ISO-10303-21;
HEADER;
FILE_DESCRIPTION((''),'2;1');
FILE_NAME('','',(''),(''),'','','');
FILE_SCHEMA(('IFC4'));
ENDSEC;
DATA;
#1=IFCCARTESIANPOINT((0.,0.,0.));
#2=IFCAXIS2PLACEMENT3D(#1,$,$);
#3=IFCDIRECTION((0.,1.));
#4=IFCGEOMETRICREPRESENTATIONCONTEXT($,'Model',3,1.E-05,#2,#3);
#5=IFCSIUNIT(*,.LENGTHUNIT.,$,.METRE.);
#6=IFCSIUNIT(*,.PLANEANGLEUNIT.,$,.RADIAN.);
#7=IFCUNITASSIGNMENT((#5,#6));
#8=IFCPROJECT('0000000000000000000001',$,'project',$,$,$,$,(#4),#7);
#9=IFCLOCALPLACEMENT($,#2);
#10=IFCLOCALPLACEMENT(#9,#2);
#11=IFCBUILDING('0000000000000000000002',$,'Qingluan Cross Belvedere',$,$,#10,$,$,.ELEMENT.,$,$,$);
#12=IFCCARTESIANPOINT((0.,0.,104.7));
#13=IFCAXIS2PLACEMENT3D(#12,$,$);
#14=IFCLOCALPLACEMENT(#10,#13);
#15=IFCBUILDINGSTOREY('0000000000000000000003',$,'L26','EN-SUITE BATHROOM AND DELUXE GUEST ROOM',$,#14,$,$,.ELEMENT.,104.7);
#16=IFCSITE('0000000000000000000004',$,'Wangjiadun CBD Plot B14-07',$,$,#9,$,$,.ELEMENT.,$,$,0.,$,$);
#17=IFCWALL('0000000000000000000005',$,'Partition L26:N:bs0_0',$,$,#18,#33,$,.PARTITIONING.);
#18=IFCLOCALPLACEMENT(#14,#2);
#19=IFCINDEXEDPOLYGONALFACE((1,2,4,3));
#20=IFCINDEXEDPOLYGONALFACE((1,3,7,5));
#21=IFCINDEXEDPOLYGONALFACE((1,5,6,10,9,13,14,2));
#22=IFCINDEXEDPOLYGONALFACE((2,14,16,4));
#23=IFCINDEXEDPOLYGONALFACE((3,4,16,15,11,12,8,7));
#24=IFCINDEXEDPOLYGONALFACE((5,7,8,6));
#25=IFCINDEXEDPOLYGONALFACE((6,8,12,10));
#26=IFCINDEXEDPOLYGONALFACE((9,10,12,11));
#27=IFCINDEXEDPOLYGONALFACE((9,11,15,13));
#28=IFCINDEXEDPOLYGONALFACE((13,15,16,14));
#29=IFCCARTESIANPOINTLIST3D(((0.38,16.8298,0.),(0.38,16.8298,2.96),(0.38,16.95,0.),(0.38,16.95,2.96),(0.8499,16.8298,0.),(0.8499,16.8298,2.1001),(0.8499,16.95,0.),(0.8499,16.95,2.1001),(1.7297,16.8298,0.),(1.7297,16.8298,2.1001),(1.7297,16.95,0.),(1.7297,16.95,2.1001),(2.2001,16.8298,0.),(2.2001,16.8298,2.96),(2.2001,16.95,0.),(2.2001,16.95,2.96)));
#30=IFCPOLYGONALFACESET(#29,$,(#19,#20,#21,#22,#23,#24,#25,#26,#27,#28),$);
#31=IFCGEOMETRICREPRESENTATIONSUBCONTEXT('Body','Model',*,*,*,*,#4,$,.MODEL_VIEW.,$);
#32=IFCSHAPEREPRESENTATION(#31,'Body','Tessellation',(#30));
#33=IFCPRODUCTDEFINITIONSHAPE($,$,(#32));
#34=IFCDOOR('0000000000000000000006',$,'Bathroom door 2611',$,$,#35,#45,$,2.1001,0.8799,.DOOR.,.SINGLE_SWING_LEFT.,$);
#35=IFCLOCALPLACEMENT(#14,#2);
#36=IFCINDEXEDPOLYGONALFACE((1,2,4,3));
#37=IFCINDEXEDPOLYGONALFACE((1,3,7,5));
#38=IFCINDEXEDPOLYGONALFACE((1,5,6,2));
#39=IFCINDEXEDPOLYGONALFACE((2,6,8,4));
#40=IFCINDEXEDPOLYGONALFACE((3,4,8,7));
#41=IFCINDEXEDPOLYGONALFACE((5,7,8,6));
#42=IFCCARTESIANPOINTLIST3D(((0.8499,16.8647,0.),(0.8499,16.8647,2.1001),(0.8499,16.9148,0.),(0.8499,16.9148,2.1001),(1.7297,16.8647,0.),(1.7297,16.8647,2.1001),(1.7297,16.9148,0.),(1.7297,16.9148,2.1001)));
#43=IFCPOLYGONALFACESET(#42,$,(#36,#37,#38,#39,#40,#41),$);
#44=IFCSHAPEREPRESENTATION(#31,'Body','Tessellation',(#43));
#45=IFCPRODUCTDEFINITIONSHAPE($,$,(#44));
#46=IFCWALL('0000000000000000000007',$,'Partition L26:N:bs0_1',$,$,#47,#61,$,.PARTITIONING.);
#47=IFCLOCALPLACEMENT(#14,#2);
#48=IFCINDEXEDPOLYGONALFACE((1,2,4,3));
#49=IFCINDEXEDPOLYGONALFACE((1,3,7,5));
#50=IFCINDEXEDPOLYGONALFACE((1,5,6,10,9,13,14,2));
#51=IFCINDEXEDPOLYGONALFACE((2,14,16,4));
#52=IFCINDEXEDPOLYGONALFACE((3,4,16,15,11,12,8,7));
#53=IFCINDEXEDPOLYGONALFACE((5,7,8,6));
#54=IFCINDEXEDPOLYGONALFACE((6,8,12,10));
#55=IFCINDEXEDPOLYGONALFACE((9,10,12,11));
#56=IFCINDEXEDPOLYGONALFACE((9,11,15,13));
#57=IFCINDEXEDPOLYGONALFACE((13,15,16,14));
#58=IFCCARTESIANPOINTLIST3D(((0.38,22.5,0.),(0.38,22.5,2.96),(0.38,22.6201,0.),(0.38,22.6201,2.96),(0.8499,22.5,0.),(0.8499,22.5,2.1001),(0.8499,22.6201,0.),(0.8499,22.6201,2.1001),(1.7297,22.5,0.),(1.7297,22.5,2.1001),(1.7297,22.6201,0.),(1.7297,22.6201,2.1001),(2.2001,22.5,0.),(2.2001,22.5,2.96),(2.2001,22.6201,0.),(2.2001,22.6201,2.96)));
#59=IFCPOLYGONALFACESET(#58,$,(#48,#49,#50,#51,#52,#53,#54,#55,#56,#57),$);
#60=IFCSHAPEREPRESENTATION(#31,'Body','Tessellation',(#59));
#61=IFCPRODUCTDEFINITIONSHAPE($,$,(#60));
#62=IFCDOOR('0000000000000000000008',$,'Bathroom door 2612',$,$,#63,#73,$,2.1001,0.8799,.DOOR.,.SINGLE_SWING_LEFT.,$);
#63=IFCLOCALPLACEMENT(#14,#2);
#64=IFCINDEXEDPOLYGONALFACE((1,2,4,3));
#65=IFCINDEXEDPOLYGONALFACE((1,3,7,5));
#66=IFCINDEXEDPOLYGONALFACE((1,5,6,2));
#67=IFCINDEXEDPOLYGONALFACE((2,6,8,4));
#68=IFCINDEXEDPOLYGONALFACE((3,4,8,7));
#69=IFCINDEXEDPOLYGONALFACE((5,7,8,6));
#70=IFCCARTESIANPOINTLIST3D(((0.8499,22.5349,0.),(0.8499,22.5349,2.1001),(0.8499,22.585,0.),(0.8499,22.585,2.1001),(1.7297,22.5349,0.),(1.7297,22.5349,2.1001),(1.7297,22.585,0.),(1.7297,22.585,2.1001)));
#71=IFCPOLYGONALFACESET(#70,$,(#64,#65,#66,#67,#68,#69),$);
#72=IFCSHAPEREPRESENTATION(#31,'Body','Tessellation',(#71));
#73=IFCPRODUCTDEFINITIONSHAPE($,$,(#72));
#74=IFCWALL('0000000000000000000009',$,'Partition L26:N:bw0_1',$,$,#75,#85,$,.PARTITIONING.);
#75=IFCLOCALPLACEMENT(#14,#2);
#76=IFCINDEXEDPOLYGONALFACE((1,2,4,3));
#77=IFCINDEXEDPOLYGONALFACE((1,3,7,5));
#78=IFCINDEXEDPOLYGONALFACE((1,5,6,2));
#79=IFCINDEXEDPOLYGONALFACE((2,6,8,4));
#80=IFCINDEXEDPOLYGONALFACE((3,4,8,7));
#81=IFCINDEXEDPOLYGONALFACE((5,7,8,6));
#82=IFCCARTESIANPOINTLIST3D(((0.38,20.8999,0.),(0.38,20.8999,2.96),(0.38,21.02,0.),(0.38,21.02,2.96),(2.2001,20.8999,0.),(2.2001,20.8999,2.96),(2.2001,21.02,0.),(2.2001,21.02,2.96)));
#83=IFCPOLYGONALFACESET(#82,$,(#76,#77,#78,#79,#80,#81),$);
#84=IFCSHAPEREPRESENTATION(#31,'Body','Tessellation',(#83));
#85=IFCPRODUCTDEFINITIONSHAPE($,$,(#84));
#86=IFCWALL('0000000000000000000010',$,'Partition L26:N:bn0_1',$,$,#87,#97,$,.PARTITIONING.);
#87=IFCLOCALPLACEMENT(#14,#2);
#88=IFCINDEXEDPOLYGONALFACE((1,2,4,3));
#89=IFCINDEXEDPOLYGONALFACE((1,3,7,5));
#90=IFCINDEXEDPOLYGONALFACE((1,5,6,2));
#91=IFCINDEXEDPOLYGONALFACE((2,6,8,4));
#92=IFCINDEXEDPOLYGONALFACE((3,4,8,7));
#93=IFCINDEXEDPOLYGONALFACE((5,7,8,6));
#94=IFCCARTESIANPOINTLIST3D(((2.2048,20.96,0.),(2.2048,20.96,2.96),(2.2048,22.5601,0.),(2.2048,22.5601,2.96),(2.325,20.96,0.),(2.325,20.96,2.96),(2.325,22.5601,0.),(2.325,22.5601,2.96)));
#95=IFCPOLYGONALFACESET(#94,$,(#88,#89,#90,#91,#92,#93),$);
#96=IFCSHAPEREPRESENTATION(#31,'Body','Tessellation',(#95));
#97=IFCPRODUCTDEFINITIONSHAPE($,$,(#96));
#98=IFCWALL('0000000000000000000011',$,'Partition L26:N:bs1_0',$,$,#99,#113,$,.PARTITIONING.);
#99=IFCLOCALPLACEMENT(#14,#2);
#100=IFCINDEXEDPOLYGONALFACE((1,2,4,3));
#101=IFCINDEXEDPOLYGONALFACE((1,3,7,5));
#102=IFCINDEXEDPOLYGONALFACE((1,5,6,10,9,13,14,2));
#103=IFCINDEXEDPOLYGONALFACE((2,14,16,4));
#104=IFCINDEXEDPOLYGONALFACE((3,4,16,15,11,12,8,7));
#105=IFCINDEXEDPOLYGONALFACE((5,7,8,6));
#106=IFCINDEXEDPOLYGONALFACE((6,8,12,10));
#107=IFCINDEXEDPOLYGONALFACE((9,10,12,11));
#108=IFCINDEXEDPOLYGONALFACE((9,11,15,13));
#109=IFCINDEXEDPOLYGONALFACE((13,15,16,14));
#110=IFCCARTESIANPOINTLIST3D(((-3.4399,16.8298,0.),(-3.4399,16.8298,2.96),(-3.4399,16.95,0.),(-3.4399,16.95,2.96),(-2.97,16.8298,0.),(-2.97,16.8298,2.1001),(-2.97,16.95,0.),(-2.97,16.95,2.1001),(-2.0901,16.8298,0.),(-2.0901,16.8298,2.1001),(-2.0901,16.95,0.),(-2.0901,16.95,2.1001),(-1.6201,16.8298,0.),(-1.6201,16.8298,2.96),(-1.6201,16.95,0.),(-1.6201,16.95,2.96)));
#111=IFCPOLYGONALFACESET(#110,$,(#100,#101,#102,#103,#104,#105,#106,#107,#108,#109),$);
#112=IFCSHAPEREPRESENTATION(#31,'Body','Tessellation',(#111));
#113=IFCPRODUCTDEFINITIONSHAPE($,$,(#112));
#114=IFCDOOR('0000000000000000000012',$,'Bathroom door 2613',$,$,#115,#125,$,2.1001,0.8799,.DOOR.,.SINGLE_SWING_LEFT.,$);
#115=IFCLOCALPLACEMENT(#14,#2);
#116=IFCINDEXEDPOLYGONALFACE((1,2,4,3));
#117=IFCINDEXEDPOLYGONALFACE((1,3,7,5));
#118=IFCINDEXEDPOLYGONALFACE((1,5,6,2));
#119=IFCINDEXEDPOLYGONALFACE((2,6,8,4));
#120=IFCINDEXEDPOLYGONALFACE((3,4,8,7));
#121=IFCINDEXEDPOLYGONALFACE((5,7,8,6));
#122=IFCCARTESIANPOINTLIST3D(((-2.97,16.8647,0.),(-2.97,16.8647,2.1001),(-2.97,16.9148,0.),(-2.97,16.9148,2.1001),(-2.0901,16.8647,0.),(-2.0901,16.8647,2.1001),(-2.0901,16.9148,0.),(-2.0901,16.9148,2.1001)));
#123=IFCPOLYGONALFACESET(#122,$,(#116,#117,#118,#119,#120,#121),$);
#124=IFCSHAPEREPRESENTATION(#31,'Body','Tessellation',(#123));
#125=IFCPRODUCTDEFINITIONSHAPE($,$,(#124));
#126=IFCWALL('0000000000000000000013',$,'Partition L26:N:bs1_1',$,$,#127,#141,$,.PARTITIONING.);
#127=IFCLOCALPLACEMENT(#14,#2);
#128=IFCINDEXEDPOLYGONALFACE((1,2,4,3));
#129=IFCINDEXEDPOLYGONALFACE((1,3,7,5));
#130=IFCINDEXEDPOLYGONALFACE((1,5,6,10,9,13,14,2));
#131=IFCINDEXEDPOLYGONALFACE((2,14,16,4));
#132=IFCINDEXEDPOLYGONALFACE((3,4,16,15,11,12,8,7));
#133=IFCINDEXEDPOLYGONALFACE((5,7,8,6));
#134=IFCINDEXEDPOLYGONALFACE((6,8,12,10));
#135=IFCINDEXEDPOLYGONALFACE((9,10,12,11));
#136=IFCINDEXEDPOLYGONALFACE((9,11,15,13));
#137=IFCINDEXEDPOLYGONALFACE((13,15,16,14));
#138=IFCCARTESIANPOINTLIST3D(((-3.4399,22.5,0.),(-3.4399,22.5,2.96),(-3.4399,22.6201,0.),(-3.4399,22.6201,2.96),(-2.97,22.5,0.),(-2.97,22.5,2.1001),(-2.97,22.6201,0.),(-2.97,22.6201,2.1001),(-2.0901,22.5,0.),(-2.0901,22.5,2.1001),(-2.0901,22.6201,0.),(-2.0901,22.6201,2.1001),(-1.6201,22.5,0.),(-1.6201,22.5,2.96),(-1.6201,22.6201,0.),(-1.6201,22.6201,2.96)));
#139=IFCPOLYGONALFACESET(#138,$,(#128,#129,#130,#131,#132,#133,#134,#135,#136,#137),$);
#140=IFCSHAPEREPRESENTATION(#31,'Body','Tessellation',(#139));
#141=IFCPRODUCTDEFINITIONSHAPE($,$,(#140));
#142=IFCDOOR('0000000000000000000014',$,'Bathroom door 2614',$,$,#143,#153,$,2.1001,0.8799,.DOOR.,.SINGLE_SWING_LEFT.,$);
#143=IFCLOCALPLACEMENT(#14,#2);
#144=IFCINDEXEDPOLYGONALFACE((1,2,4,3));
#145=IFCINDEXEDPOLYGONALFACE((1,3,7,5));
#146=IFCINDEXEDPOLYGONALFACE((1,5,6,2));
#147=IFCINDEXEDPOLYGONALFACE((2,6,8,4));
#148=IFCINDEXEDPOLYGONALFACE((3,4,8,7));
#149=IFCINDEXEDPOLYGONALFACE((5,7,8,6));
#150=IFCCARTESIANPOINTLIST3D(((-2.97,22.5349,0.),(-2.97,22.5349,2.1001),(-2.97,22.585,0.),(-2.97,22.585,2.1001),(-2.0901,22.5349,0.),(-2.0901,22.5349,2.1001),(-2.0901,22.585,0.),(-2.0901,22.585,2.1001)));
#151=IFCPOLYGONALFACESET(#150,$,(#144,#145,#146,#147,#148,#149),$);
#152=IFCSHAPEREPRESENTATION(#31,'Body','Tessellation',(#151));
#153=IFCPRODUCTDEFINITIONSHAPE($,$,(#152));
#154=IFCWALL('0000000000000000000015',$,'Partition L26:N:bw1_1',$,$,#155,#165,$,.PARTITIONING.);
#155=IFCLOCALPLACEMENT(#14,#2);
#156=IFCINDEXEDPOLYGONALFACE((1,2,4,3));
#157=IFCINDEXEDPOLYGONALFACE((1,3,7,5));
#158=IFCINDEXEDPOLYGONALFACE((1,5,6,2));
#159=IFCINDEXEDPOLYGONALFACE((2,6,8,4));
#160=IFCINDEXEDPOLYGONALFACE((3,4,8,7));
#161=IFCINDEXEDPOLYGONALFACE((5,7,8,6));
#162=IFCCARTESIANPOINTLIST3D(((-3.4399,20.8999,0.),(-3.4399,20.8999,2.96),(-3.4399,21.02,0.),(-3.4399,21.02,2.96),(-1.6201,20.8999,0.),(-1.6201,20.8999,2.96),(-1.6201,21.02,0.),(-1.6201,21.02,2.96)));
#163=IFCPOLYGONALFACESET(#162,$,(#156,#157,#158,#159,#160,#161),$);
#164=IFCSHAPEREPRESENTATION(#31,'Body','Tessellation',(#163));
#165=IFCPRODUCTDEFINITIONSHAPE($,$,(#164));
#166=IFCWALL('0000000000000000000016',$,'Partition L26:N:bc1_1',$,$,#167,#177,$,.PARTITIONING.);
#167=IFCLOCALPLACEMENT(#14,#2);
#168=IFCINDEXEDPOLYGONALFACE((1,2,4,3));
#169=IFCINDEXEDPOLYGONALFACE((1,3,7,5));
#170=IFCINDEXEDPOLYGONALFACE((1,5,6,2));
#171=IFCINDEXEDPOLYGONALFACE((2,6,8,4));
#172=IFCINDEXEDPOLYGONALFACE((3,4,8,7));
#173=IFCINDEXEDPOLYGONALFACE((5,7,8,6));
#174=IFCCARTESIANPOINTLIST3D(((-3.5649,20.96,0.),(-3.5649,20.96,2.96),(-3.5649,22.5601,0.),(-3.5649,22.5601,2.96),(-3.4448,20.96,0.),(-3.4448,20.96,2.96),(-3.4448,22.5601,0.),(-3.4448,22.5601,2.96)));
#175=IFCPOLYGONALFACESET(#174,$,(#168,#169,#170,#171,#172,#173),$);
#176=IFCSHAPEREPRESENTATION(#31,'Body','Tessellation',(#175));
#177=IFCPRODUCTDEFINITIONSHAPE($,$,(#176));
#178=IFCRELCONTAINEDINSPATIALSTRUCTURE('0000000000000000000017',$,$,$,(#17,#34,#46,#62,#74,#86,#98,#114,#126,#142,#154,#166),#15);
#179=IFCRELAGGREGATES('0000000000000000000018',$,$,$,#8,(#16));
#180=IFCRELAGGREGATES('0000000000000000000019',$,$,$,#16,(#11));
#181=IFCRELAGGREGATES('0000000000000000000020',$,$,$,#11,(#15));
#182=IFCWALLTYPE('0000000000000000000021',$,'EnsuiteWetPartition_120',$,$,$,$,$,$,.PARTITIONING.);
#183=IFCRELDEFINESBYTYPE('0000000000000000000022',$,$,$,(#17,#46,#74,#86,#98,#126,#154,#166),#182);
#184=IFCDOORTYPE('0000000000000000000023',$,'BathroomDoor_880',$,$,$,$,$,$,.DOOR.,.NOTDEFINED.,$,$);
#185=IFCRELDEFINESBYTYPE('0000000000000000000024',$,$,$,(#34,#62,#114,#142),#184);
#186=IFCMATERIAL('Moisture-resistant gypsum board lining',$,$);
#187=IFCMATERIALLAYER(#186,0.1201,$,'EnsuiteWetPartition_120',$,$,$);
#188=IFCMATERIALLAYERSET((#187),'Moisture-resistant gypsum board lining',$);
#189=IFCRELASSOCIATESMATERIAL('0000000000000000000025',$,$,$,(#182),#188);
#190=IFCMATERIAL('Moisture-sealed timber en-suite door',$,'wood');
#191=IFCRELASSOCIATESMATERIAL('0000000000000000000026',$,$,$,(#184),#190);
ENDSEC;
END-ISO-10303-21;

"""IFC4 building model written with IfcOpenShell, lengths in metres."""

from ifc_helpers import new_model, si_unit, direction, frame, frame_2d, origin, place, context, subcontext, project, spatial, rectangle, extrude, material, layer, layer_set, type_object, element, fill, save


model = new_model("IFC4")

# Units and contexts
model_context = context("Model", 3, precision=1e-05, world=origin(), true_north=direction((0.0, 1.0)))
body_context = subcontext(model_context, "Body", "Model", "MODEL_VIEW")
ifc_project = project(units=[si_unit("LENGTHUNIT", "METRE"), si_unit("PLANEANGLEUNIT", "RADIAN")], contexts=[model_context])

# Site, building, storey
site_placement = place(None, origin())
site = spatial("IfcSite", under=ifc_project, at=site_placement, Name="Wangjiadun CBD Plot B14-07", CompositionType="ELEMENT", RefElevation=0.0)
building_placement = place(site_placement, origin())
building = spatial("IfcBuilding", under=site, at=building_placement, Name="Qingluan Cross Belvedere", CompositionType="ELEMENT")
storey_placement = place(building_placement, frame((0.0, 0.0, 104.7)))
storey = spatial("IfcBuildingStorey", under=building, at=storey_placement, Name="L26", Description="EN-SUITE BATHROOM AND DELUXE GUEST ROOM", CompositionType="ELEMENT", Elevation=104.7)

# Walls, openings, doors
ifc_material_1 = material(Name="Moisture-resistant gypsum board lining")
ifc_layer_1 = layer(ifc_material_1, 0.1201, Name="EnsuiteWetPartition_120")
ifc_layer_set_1 = layer_set([ifc_layer_1], Name="Moisture-resistant gypsum board lining")
wall_type_1 = type_object("IfcWallType", Name="EnsuiteWetPartition_120", PredefinedType="PARTITIONING", material=ifc_layer_set_1)
wall_1_placement = place(storey_placement, frame((0.3799, 16.8899, 0.0), z_axis=(0.0, 0.0, 1.0), x_axis=(1.0, 0.0, 0.0)))
wall_1 = element("IfcWall", 1, at=wall_1_placement, inside=storey, type_object=wall_type_1, Name="Partition L26:N:bs0_0", PredefinedType="PARTITIONING", context=body_context, shape_type="SweptSolid", body=[
    extrude(rectangle(XDim=1.8201, YDim=0.1201, at=frame_2d((0.9102, 0.0))), origin(), (0.0, 0.0, 1.0), 2.96),
])
opening_1_placement = place(wall_1_placement, frame((0.47, 0.0, 0.0)))
opening_1 = element("IfcOpeningElement", 2, at=opening_1_placement, cuts=wall_1, PredefinedType="OPENING", context=body_context, shape_type="SweptSolid", body=[
    extrude(rectangle(XDim=0.8799, YDim=2.1001, at=frame_2d((0.4399, 1.05))), frame((0.0, 0.0701, 0.0), z_axis=(0.0, -1.0, 0.0), x_axis=(1.0, 0.0, 0.0)), (0.0, 0.0, 1.0), 0.1401),
])
ifc_material_2 = material(Name="Moisture-sealed timber en-suite door", Category="wood")
door_type = type_object("IfcDoorType", Name="BathroomDoor_880", OperationType="NOTDEFINED", PredefinedType="DOOR", material=ifc_material_2)
door_1_placement = place(opening_1_placement, origin())
door_1 = element("IfcDoor", 3, at=door_1_placement, inside=storey, type_object=door_type, Name="Bathroom door 2611", OperationType="SINGLE_SWING_LEFT", OverallHeight=2.1001, OverallWidth=0.8799, PredefinedType="DOOR", context=body_context, shape_type="SweptSolid", body=[
    extrude(rectangle(XDim=0.8799, YDim=2.1001, at=frame_2d((0.4399, 1.05))), frame((0.0, 0.0249, 0.0), z_axis=(0.0, -1.0, 0.0), x_axis=(1.0, 0.0, 0.0)), (0.0, 0.0, 1.0), 0.05),
])
fill(opening_1, door_1)
wall_2_placement = place(storey_placement, frame((0.3799, 22.5601, 0.0), z_axis=(0.0, 0.0, 1.0), x_axis=(1.0, 0.0, 0.0)))
wall_2 = element("IfcWall", 4, at=wall_2_placement, inside=storey, type_object=wall_type_1, Name="Partition L26:N:bs0_1", PredefinedType="PARTITIONING", context=body_context, shape_type="SweptSolid", body=[
    extrude(rectangle(XDim=1.8201, YDim=0.1201, at=frame_2d((0.9102, 0.0))), origin(), (0.0, 0.0, 1.0), 2.96),
])
opening_2_placement = place(wall_2_placement, frame((0.47, 0.0, 0.0)))
opening_2 = element("IfcOpeningElement", 5, at=opening_2_placement, cuts=wall_2, PredefinedType="OPENING", context=body_context, shape_type="SweptSolid", body=[
    extrude(rectangle(XDim=0.8799, YDim=2.1001, at=frame_2d((0.4399, 1.05))), frame((0.0, 0.0701, 0.0), z_axis=(0.0, -1.0, 0.0), x_axis=(1.0, 0.0, 0.0)), (0.0, 0.0, 1.0), 0.1401),
])
door_2_placement = place(opening_2_placement, origin())
door_2 = element("IfcDoor", 6, at=door_2_placement, inside=storey, type_object=door_type, Name="Bathroom door 2612", OperationType="SINGLE_SWING_LEFT", OverallHeight=2.1001, OverallWidth=0.8799, PredefinedType="DOOR", context=body_context, shape_type="SweptSolid", body=[
    extrude(rectangle(XDim=0.8799, YDim=2.1001, at=frame_2d((0.4399, 1.05))), frame((0.0, 0.0249, 0.0), z_axis=(0.0, -1.0, 0.0), x_axis=(1.0, 0.0, 0.0)), (0.0, 0.0, 1.0), 0.05),
])
fill(opening_2, door_2)

# Walls
wall_3_placement = place(storey_placement, frame((0.3799, 20.96, 0.0), z_axis=(0.0, 0.0, 1.0), x_axis=(1.0, 0.0, 0.0)))
element("IfcWall", 7, at=wall_3_placement, inside=storey, type_object=wall_type_1, Name="Partition L26:N:bw0_1", PredefinedType="PARTITIONING", context=body_context, shape_type="SweptSolid", body=[
    extrude(rectangle(XDim=1.8201, YDim=0.1201, at=frame_2d((0.9102, 0.0))), origin(), (0.0, 0.0, 1.0), 2.96),
])
wall_4_placement = place(storey_placement, frame((2.2649, 20.96, 0.0), z_axis=(0.0, 0.0, 1.0), x_axis=(0.0, 1.0, 0.0)))
element("IfcWall", 8, at=wall_4_placement, inside=storey, type_object=wall_type_1, Name="Partition L26:N:bn0_1", PredefinedType="PARTITIONING", context=body_context, shape_type="SweptSolid", body=[
    extrude(rectangle(XDim=1.6001, YDim=0.1201, at=frame_2d((0.8, 0.0))), origin(), (0.0, 0.0, 1.0), 2.96),
])

# Walls, openings, doors
wall_5_placement = place(storey_placement, frame((-3.4399, 16.8899, 0.0), z_axis=(0.0, 0.0, 1.0), x_axis=(1.0, 0.0, 0.0)))
wall_5 = element("IfcWall", 9, at=wall_5_placement, inside=storey, type_object=wall_type_1, Name="Partition L26:N:bs1_0", PredefinedType="PARTITIONING", context=body_context, shape_type="SweptSolid", body=[
    extrude(rectangle(XDim=1.8198, YDim=0.1201, at=frame_2d((0.9099, 0.0))), origin(), (0.0, 0.0, 1.0), 2.96),
])
opening_3_placement = place(wall_5_placement, frame((0.47, 0.0, 0.0)))
opening_3 = element("IfcOpeningElement", 10, at=opening_3_placement, cuts=wall_5, PredefinedType="OPENING", context=body_context, shape_type="SweptSolid", body=[
    extrude(rectangle(XDim=0.8799, YDim=2.1001, at=frame_2d((0.4399, 1.05))), frame((0.0, 0.0701, 0.0), z_axis=(0.0, -1.0, 0.0), x_axis=(1.0, 0.0, 0.0)), (0.0, 0.0, 1.0), 0.1401),
])
door_3_placement = place(opening_3_placement, origin())
door_3 = element("IfcDoor", 11, at=door_3_placement, inside=storey, type_object=door_type, Name="Bathroom door 2613", OperationType="SINGLE_SWING_LEFT", OverallHeight=2.1001, OverallWidth=0.8799, PredefinedType="DOOR", context=body_context, shape_type="SweptSolid", body=[
    extrude(rectangle(XDim=0.8799, YDim=2.1001, at=frame_2d((0.4399, 1.05))), frame((0.0, 0.0249, 0.0), z_axis=(0.0, -1.0, 0.0), x_axis=(1.0, 0.0, 0.0)), (0.0, 0.0, 1.0), 0.05),
])
fill(opening_3, door_3)
wall_6_placement = place(storey_placement, frame((-3.4399, 22.5601, 0.0), z_axis=(0.0, 0.0, 1.0), x_axis=(1.0, 0.0, 0.0)))
wall_6 = element("IfcWall", 12, at=wall_6_placement, inside=storey, type_object=wall_type_1, Name="Partition L26:N:bs1_1", PredefinedType="PARTITIONING", context=body_context, shape_type="SweptSolid", body=[
    extrude(rectangle(XDim=1.8198, YDim=0.1201, at=frame_2d((0.9099, 0.0))), origin(), (0.0, 0.0, 1.0), 2.96),
])
opening_4_placement = place(wall_6_placement, frame((0.47, 0.0, 0.0)))
opening_4 = element("IfcOpeningElement", 13, at=opening_4_placement, cuts=wall_6, PredefinedType="OPENING", context=body_context, shape_type="SweptSolid", body=[
    extrude(rectangle(XDim=0.8799, YDim=2.1001, at=frame_2d((0.4399, 1.05))), frame((0.0, 0.0701, 0.0), z_axis=(0.0, -1.0, 0.0), x_axis=(1.0, 0.0, 0.0)), (0.0, 0.0, 1.0), 0.1401),
])
door_4_placement = place(opening_4_placement, origin())
door_4 = element("IfcDoor", 14, at=door_4_placement, inside=storey, type_object=door_type, Name="Bathroom door 2614", OperationType="SINGLE_SWING_LEFT", OverallHeight=2.1001, OverallWidth=0.8799, PredefinedType="DOOR", context=body_context, shape_type="SweptSolid", body=[
    extrude(rectangle(XDim=0.8799, YDim=2.1001, at=frame_2d((0.4399, 1.05))), frame((0.0, 0.0249, 0.0), z_axis=(0.0, -1.0, 0.0), x_axis=(1.0, 0.0, 0.0)), (0.0, 0.0, 1.0), 0.05),
])
fill(opening_4, door_4)

# Walls
wall_7_placement = place(storey_placement, frame((-3.4399, 20.96, 0.0), z_axis=(0.0, 0.0, 1.0), x_axis=(1.0, 0.0, 0.0)))
element("IfcWall", 15, at=wall_7_placement, inside=storey, type_object=wall_type_1, Name="Partition L26:N:bw1_1", PredefinedType="PARTITIONING", context=body_context, shape_type="SweptSolid", body=[
    extrude(rectangle(XDim=1.8198, YDim=0.1201, at=frame_2d((0.9099, 0.0))), origin(), (0.0, 0.0, 1.0), 2.96),
])
wall_8_placement = place(storey_placement, frame((-3.5049, 20.96, 0.0), z_axis=(0.0, 0.0, 1.0), x_axis=(0.0, 1.0, 0.0)))
element("IfcWall", 16, at=wall_8_placement, inside=storey, type_object=wall_type_1, Name="Partition L26:N:bc1_1", PredefinedType="PARTITIONING", context=body_context, shape_type="SweptSolid", body=[
    extrude(rectangle(XDim=1.6001, YDim=0.1201, at=frame_2d((0.8, 0.0))), origin(), (0.0, 0.0, 1.0), 2.96),
])

save(model, "model.ifc")
